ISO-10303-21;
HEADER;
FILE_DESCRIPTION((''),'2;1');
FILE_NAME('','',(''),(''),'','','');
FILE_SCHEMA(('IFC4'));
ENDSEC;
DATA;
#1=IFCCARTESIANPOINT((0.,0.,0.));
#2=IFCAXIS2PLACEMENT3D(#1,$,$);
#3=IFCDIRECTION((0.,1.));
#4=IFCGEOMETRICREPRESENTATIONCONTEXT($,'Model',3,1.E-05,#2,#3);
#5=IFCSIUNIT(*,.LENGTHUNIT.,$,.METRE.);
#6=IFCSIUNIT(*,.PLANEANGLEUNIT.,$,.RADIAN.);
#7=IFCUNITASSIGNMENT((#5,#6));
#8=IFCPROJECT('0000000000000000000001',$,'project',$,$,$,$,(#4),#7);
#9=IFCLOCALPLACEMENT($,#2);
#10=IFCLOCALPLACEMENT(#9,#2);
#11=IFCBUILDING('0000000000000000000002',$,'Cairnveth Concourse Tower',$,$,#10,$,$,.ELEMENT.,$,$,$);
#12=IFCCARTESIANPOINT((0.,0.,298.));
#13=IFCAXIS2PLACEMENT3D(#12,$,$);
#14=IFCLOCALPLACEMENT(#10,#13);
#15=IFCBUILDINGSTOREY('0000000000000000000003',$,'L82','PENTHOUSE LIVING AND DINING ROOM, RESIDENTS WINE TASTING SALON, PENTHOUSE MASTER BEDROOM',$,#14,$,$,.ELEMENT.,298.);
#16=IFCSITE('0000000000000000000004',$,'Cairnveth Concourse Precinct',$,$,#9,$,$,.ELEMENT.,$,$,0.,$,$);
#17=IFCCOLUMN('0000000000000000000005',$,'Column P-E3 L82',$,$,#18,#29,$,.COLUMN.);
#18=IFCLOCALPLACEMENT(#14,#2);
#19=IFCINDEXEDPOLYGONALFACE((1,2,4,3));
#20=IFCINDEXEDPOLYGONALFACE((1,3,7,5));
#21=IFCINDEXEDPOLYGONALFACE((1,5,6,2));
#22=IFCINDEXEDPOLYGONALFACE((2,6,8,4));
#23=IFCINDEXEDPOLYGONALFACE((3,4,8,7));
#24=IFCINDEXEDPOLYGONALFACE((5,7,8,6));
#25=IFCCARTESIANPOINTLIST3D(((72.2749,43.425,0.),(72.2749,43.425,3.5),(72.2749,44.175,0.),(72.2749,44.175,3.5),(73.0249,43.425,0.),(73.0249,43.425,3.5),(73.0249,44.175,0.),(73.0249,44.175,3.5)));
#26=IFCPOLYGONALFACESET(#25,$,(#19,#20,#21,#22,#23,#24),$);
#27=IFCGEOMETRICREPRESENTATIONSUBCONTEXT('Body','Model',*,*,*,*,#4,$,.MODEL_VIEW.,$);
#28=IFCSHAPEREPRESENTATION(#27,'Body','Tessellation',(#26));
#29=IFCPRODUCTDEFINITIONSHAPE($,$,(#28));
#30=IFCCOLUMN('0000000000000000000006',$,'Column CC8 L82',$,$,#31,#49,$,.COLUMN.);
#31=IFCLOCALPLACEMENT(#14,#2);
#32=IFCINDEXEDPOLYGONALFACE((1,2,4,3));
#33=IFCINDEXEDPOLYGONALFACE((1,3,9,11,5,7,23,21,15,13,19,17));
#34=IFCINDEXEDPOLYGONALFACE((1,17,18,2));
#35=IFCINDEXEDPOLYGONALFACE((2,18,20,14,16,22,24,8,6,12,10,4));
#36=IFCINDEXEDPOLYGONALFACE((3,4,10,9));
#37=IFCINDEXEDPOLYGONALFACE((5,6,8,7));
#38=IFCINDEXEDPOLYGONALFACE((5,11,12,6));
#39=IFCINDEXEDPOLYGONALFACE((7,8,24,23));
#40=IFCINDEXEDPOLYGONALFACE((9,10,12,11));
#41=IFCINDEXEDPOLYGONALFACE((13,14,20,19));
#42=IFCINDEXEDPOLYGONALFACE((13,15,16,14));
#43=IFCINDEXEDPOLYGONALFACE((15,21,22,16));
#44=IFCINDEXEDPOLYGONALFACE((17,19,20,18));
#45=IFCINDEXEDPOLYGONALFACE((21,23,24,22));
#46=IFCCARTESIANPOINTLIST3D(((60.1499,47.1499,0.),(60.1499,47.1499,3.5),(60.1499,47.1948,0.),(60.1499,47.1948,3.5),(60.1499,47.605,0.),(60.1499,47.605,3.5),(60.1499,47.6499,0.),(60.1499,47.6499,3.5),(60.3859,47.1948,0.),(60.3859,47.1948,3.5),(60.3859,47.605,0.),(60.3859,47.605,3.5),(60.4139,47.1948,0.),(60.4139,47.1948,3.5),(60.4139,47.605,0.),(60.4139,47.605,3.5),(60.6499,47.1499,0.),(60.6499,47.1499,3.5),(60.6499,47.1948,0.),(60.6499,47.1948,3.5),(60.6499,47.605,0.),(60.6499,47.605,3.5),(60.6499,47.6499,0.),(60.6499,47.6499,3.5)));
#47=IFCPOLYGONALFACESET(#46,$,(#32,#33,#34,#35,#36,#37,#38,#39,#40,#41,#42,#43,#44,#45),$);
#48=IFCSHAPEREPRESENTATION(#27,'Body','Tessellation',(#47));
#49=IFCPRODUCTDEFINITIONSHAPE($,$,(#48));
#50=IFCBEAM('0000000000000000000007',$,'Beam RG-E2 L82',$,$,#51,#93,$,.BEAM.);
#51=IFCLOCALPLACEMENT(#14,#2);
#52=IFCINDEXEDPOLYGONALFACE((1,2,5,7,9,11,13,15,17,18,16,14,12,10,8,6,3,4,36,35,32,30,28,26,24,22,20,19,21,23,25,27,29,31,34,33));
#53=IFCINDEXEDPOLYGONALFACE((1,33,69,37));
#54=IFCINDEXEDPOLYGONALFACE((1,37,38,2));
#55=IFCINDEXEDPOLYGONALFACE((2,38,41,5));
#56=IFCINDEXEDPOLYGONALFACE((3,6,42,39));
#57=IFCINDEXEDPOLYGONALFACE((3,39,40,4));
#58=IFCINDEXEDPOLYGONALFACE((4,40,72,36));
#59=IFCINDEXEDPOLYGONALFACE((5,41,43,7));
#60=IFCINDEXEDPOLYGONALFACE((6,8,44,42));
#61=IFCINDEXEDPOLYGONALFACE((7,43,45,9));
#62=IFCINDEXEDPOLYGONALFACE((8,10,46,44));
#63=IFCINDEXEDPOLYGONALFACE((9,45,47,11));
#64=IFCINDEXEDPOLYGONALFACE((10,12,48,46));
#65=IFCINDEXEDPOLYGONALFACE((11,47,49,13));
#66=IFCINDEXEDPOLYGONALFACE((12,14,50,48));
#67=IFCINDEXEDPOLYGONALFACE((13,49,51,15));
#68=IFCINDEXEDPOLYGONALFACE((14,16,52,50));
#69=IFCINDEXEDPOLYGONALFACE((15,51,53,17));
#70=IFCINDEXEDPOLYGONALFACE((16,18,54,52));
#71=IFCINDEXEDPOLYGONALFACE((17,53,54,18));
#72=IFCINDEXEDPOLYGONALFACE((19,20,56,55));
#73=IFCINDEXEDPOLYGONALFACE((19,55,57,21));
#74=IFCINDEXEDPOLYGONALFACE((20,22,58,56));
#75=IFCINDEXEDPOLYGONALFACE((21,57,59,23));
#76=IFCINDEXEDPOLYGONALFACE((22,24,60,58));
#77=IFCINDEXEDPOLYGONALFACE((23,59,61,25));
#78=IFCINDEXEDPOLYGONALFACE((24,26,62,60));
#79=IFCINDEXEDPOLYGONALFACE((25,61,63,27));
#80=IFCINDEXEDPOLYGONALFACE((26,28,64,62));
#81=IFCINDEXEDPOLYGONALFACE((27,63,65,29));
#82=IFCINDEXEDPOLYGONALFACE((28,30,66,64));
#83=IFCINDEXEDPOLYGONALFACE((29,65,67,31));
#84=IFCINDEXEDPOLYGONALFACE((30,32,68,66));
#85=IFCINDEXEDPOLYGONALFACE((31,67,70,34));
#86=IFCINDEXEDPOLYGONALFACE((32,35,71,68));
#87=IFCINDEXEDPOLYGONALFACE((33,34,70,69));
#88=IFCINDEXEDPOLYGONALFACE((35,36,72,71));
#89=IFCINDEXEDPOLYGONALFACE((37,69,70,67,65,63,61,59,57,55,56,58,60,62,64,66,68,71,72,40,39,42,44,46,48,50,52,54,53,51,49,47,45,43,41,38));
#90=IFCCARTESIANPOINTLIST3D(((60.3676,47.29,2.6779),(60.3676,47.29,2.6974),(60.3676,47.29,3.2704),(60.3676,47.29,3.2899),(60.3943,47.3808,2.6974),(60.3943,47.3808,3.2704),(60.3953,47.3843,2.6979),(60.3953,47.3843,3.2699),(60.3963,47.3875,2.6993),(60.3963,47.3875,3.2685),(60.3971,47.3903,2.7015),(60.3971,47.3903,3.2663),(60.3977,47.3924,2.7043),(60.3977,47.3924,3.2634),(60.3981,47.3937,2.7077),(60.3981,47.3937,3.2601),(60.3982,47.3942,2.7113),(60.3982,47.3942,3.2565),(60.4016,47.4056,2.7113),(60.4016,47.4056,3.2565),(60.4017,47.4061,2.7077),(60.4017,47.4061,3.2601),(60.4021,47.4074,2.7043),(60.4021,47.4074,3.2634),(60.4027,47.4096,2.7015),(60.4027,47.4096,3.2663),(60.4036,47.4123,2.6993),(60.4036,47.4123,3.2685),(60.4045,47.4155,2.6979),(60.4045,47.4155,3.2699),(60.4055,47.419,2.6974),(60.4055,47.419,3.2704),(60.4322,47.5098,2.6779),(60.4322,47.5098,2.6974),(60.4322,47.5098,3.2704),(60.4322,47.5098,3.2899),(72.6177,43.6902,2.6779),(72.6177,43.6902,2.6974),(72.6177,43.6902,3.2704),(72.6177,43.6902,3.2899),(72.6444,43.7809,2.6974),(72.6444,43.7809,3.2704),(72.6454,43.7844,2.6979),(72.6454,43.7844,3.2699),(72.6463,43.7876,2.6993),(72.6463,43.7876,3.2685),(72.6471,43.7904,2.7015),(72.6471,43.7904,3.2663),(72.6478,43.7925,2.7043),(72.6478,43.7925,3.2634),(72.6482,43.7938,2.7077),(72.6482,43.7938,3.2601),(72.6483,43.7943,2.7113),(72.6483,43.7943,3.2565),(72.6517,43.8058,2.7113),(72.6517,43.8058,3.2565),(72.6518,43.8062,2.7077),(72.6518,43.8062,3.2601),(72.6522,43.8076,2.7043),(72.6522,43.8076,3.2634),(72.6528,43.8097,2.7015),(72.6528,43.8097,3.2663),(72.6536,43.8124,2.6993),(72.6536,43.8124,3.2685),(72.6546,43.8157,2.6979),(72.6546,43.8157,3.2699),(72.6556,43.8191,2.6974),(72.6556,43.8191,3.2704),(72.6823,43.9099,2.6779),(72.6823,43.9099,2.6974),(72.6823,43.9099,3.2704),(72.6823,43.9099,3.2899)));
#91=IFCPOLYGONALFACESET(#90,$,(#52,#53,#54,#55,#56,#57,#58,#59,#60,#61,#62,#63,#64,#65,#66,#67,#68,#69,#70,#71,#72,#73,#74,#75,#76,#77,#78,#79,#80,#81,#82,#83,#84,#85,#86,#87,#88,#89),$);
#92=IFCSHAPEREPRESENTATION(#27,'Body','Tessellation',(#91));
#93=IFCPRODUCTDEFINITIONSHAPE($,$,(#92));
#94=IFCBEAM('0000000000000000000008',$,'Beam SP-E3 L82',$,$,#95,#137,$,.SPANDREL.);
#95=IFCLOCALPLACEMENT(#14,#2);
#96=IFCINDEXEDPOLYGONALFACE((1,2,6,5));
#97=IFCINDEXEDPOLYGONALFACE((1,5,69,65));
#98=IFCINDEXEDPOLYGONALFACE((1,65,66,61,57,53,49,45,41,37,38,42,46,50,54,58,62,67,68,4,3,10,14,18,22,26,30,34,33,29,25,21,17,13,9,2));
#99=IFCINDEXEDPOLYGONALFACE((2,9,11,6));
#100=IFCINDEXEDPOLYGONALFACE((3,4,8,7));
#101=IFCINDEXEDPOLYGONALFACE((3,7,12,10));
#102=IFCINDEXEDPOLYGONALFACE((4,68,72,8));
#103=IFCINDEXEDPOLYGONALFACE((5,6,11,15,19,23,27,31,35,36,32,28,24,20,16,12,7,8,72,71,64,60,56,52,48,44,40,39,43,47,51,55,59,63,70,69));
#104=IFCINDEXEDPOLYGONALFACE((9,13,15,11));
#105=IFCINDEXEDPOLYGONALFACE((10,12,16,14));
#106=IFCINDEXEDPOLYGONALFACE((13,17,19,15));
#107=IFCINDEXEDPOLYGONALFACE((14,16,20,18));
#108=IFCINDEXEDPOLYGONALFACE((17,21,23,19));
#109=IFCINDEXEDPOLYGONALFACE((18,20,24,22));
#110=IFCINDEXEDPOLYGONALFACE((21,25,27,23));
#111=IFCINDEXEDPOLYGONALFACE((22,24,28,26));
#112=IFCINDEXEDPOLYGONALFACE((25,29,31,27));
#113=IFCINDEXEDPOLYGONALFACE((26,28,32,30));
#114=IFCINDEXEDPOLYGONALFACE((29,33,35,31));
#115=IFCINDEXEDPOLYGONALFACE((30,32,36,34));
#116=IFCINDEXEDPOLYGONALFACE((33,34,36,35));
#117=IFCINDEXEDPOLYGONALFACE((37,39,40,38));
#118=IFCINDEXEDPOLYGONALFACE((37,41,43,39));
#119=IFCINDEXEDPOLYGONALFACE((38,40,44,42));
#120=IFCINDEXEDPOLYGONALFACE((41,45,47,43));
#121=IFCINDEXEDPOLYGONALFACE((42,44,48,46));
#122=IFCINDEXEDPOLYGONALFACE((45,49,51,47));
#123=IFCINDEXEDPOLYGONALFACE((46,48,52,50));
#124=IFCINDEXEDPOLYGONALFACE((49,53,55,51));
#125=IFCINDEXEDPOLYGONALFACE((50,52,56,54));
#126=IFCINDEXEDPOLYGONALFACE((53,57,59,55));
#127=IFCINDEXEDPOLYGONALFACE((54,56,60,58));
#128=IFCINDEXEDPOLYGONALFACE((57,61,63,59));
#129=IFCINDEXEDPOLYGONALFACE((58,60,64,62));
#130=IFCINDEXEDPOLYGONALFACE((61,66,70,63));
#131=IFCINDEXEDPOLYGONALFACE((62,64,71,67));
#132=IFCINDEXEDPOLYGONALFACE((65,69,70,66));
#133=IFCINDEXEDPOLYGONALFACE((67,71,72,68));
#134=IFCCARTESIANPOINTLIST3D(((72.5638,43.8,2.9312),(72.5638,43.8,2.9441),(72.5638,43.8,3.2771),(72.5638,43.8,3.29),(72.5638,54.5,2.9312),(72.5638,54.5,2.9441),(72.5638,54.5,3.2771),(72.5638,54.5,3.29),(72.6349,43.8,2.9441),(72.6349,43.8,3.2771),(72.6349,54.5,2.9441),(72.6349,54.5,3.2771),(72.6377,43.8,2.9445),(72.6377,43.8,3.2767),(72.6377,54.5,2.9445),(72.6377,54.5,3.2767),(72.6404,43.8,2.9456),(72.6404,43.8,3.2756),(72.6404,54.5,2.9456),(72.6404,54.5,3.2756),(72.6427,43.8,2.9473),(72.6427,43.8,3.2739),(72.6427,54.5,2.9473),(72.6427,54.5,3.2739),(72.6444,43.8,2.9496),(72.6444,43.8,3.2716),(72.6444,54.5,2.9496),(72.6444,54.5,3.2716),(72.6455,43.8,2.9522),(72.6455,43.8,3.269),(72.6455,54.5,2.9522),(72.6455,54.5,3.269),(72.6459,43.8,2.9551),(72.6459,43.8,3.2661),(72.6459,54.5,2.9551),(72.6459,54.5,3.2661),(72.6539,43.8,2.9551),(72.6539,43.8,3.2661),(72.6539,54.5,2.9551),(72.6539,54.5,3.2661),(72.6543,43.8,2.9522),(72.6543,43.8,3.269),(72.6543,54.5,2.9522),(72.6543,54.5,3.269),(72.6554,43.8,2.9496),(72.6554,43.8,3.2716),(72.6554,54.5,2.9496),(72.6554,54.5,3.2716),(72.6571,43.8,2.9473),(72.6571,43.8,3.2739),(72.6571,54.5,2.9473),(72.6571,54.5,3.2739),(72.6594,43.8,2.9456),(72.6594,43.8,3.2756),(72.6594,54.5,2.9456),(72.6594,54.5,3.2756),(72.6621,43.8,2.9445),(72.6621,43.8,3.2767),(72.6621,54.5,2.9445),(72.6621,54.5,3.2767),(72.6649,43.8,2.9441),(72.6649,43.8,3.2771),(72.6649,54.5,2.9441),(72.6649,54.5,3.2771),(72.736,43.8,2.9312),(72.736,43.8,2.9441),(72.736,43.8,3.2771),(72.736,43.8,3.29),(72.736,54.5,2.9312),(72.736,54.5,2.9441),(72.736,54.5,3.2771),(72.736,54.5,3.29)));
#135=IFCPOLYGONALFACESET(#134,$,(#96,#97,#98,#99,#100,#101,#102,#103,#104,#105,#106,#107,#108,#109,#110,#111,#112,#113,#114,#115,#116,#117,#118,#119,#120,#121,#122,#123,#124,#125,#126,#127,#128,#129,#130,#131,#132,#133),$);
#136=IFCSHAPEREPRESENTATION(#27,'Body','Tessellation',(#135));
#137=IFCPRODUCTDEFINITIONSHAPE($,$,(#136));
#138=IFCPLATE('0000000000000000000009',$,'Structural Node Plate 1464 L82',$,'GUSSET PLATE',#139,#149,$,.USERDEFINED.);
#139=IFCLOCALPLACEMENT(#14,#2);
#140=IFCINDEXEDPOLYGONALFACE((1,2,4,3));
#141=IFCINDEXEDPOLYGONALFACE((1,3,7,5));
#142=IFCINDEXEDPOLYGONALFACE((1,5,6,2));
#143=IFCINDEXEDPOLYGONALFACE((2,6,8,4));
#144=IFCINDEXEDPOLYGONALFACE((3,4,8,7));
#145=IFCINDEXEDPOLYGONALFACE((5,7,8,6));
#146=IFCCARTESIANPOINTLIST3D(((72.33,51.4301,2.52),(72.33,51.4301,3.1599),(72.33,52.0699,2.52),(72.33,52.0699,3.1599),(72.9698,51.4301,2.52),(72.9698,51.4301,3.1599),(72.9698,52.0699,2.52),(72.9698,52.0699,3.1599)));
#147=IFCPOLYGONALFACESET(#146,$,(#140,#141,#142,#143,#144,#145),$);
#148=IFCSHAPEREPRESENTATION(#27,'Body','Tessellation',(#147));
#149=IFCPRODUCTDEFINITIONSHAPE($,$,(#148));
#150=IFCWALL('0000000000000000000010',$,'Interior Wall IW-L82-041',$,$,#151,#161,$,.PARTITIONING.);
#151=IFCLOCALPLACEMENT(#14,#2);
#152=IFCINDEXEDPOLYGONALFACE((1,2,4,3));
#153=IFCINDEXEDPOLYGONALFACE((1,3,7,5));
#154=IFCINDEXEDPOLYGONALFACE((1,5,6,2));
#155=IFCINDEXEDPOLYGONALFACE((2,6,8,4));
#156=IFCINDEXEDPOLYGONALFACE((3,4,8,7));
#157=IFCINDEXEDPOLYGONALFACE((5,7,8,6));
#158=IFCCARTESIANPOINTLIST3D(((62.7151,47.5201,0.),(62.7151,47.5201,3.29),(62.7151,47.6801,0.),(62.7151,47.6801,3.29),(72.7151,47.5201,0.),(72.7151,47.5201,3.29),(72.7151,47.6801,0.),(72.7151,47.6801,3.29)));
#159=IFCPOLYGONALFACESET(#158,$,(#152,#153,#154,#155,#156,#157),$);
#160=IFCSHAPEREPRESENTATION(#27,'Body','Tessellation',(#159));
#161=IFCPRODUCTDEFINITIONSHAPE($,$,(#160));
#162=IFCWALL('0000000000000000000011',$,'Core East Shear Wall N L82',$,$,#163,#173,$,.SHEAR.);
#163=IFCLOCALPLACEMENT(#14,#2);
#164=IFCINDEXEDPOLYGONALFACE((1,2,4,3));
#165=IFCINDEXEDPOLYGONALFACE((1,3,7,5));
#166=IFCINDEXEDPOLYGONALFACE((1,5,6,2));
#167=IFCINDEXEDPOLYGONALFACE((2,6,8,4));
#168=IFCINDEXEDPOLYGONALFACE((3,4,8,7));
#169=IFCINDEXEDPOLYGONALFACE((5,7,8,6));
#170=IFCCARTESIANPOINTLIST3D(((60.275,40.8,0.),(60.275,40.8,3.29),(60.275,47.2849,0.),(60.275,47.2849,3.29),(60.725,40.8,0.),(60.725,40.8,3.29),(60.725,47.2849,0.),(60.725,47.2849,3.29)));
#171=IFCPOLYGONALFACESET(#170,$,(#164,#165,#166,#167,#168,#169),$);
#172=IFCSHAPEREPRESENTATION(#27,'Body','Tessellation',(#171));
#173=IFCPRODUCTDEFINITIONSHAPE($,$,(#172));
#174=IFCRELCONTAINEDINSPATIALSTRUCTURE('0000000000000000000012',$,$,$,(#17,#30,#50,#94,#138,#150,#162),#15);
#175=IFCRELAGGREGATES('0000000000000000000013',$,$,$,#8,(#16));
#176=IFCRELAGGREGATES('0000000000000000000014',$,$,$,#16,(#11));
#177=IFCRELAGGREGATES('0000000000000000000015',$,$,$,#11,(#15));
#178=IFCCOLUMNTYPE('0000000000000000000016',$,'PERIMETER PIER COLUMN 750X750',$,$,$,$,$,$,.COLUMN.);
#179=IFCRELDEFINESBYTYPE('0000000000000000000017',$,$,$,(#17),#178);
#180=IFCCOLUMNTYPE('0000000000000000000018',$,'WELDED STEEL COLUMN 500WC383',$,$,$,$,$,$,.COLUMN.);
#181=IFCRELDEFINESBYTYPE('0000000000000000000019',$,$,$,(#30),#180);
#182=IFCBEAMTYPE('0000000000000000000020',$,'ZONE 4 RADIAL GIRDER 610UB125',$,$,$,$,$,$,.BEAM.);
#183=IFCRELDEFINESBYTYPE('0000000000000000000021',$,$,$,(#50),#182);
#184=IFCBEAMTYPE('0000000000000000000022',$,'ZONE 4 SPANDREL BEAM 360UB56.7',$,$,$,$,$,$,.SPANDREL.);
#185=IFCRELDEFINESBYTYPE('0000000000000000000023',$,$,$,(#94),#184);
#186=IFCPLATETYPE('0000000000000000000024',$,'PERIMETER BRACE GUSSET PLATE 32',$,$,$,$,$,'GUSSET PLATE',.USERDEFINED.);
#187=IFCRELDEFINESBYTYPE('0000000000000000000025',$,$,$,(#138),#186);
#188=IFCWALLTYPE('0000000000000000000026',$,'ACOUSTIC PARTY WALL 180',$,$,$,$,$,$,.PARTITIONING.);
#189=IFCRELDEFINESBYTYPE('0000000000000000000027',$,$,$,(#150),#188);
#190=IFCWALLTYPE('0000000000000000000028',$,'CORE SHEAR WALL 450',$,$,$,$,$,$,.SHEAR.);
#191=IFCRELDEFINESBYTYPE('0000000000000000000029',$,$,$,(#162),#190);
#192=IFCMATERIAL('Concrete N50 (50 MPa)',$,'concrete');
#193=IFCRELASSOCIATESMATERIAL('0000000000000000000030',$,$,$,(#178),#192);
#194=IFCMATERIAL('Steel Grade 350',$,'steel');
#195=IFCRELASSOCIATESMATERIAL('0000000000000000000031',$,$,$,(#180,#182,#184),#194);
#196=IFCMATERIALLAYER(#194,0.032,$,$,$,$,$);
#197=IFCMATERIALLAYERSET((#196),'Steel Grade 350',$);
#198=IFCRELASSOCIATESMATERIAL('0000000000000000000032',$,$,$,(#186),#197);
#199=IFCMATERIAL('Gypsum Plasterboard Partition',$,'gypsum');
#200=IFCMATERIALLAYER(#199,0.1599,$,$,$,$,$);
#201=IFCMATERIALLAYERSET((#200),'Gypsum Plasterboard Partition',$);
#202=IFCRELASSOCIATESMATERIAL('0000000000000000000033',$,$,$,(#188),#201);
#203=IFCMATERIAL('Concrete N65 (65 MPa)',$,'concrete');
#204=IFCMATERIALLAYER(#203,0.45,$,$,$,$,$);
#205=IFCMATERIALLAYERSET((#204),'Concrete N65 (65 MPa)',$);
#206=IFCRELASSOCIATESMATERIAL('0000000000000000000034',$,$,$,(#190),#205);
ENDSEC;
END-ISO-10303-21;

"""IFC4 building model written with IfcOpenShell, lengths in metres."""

from ifc_helpers import new_model, si_unit, direction, frame, frame_2d, origin, origin_2d, place, context, subcontext, project, spatial, rectangle, i_section, extrude, material, layer, layer_set, material_profile, profile_set, type_object, element, save


model = new_model("IFC4")

# Units and contexts
model_context = context("Model", 3, precision=1e-05, world=origin(), true_north=direction((0.0, 1.0)))
body_context = subcontext(model_context, "Body", "Model", "MODEL_VIEW")
ifc_project = project(units=[si_unit("LENGTHUNIT", "METRE"), si_unit("PLANEANGLEUNIT", "RADIAN")], contexts=[model_context])

# Site, building, storey
site_placement = place(None, origin())
site = spatial("IfcSite", under=ifc_project, at=site_placement, Name="Cairnveth Concourse Precinct", CompositionType="ELEMENT", RefElevation=0.0)
building_placement = place(site_placement, origin())
building = spatial("IfcBuilding", under=site, at=building_placement, Name="Cairnveth Concourse Tower", CompositionType="ELEMENT")
storey_placement = place(building_placement, frame((0.0, 0.0, 298.0)))
storey = spatial("IfcBuildingStorey", under=building, at=storey_placement, Name="L82", Description="PENTHOUSE LIVING AND DINING ROOM, RESIDENTS WINE TASTING SALON, PENTHOUSE MASTER BEDROOM", CompositionType="ELEMENT", Elevation=298.0)

# Columns
ifc_material_1 = material(Name="Concrete N50 (50 MPa)", Category="concrete")
ifc_material_profile_1 = material_profile(ifc_material_1, rectangle(XDim=0.75, YDim=0.75, at=origin_2d()), Name="RC-COL-750x750")
ifc_profile_set_1 = profile_set([ifc_material_profile_1], Name="Concrete N50 (50 MPa)")
column_type_1 = type_object("IfcColumnType", Name="PERIMETER PIER COLUMN 750X750", PredefinedType="COLUMN", material=ifc_profile_set_1)
column_1_placement = place(storey_placement, frame((72.6499, 43.8, 0.0), z_axis=(0.0, 0.0, 1.0), x_axis=(0.0, 1.0, 0.0)))
element("IfcColumn", 1, at=column_1_placement, inside=storey, type_object=column_type_1, Name="Column P-E3 L82", PredefinedType="COLUMN", context=body_context, shape_type="SweptSolid", body=[
    extrude(rectangle(XDim=0.75, YDim=0.75, at=origin_2d()), origin(), (0.0, 0.0, 1.0), 3.5),
])
ifc_material_2 = material(Name="Steel Grade 350", Category="steel")
ifc_material_profile_2 = material_profile(ifc_material_2, i_section(OverallWidth=0.5, OverallDepth=0.5, WebThickness=0.0281, FlangeThickness=0.0449, at=origin_2d()), Name="500WC383")
ifc_profile_set_2 = profile_set([ifc_material_profile_2], Name="Steel Grade 350")
column_type_2 = type_object("IfcColumnType", Name="WELDED STEEL COLUMN 500WC383", PredefinedType="COLUMN", material=ifc_profile_set_2)
column_2_placement = place(storey_placement, frame((60.3999, 47.3999, 0.0), z_axis=(0.0, 0.0, 1.0), x_axis=(1.0, 0.0, 0.0)))
element("IfcColumn", 2, at=column_2_placement, inside=storey, type_object=column_type_2, Name="Column CC8 L82", PredefinedType="COLUMN", context=body_context, shape_type="SweptSolid", body=[
    extrude(i_section(OverallWidth=0.5, OverallDepth=0.5, WebThickness=0.0281, FlangeThickness=0.0449, at=origin_2d()), origin(), (0.0, 0.0, 1.0), 3.5),
])

# Beams
ifc_material_profile_3 = material_profile(ifc_material_2, i_section(OverallWidth=0.229, OverallDepth=0.6121, WebThickness=0.012, FlangeThickness=0.0195, FilletRadius=0.0139, at=origin_2d()), Name="610UB125")
ifc_profile_set_3 = profile_set([ifc_material_profile_3], Name="Steel Grade 350")
beam_type_1 = type_object("IfcBeamType", Name="ZONE 4 RADIAL GIRDER 610UB125", PredefinedType="BEAM", material=ifc_profile_set_3)
beam_1_placement = place(storey_placement, frame((60.3999, 47.3999, 2.9839), z_axis=(0.959431, -0.281944, 0.0), x_axis=(0.281944, 0.959431, 0.0)))
element("IfcBeam", 3, at=beam_1_placement, inside=storey, type_object=beam_type_1, Name="Beam RG-E2 L82", PredefinedType="BEAM", context=body_context, shape_type="SweptSolid", body=[
    extrude(i_section(OverallWidth=0.229, OverallDepth=0.6121, WebThickness=0.012, FlangeThickness=0.0195, FilletRadius=0.0139, at=origin_2d()), origin(), (0.0, 0.0, 1.0), 12.7681),
])
ifc_material_profile_4 = material_profile(ifc_material_2, i_section(OverallWidth=0.1721, OverallDepth=0.3589, WebThickness=0.0081, FlangeThickness=0.0129, FilletRadius=0.011, at=origin_2d()), Name="360UB56.7")
ifc_profile_set_4 = profile_set([ifc_material_profile_4], Name="Steel Grade 350")
beam_type_2 = type_object("IfcBeamType", Name="ZONE 4 SPANDREL BEAM 360UB56.7", PredefinedType="SPANDREL", material=ifc_profile_set_4)
beam_2_placement = place(storey_placement, frame((72.6499, 43.8, 3.1106), z_axis=(0.0, 1.0, 0.0), x_axis=(-1.0, 0.0, 0.0)))
element("IfcBeam", 4, at=beam_2_placement, inside=storey, type_object=beam_type_2, Name="Beam SP-E3 L82", PredefinedType="SPANDREL", context=body_context, shape_type="SweptSolid", body=[
    extrude(i_section(OverallWidth=0.1721, OverallDepth=0.3589, WebThickness=0.0081, FlangeThickness=0.0129, FilletRadius=0.011, at=origin_2d()), origin(), (0.0, 0.0, 1.0), 10.7),
])

# Plate
ifc_layer_1 = layer(ifc_material_2, 0.032)
ifc_layer_set_1 = layer_set([ifc_layer_1], Name="Steel Grade 350")
plate_type = type_object("IfcPlateType", Name="PERIMETER BRACE GUSSET PLATE 32", ElementType="GUSSET PLATE", PredefinedType="USERDEFINED", material=ifc_layer_set_1)
plate_placement = place(storey_placement, frame((72.6499, 51.75, 2.52), z_axis=(0.0, 0.0, 1.0), x_axis=(1.0, 0.0, 0.0)))
element("IfcPlate", 5, at=plate_placement, inside=storey, type_object=plate_type, Name="Structural Node Plate 1464 L82", ObjectType="GUSSET PLATE", PredefinedType="USERDEFINED", context=body_context, shape_type="SweptSolid", body=[
    extrude(rectangle(XDim=0.6399, YDim=0.6399, at=origin_2d()), origin(), (0.0, 0.0, 1.0), 0.6399),
])

# Walls
ifc_material_3 = material(Name="Gypsum Plasterboard Partition", Category="gypsum")
ifc_layer_2 = layer(ifc_material_3, 0.1599)
ifc_layer_set_2 = layer_set([ifc_layer_2], Name="Gypsum Plasterboard Partition")
wall_type_1 = type_object("IfcWallType", Name="ACOUSTIC PARTY WALL 180", PredefinedType="PARTITIONING", material=ifc_layer_set_2)
wall_1_placement = place(storey_placement, frame((62.7151, 47.6001, 0.0), z_axis=(0.0, 0.0, 1.0), x_axis=(1.0, 0.0, 0.0)))
element("IfcWall", 6, at=wall_1_placement, inside=storey, type_object=wall_type_1, Name="Interior Wall IW-L82-041", PredefinedType="PARTITIONING", context=body_context, shape_type="SweptSolid", body=[
    extrude(rectangle(XDim=10.0, YDim=0.1599, at=frame_2d((5.0, 0.0))), origin(), (0.0, 0.0, 1.0), 3.29),
])
ifc_material_4 = material(Name="Concrete N65 (65 MPa)", Category="concrete")
ifc_layer_3 = layer(ifc_material_4, 0.45)
ifc_layer_set_3 = layer_set([ifc_layer_3], Name="Concrete N65 (65 MPa)")
wall_type_2 = type_object("IfcWallType", Name="CORE SHEAR WALL 450", PredefinedType="SHEAR", material=ifc_layer_set_3)
wall_2_placement = place(storey_placement, frame((60.5, 40.8, 0.0), z_axis=(0.0, 0.0, 1.0), x_axis=(0.0, 1.0, 0.0)))
element("IfcWall", 7, at=wall_2_placement, inside=storey, type_object=wall_type_2, Name="Core East Shear Wall N L82", PredefinedType="SHEAR", context=body_context, shape_type="SweptSolid", body=[
    extrude(rectangle(XDim=6.4849, YDim=0.45, at=frame_2d((3.2424, 0.0))), origin(), (0.0, 0.0, 1.0), 3.29),
])

save(model, "model.ifc")
